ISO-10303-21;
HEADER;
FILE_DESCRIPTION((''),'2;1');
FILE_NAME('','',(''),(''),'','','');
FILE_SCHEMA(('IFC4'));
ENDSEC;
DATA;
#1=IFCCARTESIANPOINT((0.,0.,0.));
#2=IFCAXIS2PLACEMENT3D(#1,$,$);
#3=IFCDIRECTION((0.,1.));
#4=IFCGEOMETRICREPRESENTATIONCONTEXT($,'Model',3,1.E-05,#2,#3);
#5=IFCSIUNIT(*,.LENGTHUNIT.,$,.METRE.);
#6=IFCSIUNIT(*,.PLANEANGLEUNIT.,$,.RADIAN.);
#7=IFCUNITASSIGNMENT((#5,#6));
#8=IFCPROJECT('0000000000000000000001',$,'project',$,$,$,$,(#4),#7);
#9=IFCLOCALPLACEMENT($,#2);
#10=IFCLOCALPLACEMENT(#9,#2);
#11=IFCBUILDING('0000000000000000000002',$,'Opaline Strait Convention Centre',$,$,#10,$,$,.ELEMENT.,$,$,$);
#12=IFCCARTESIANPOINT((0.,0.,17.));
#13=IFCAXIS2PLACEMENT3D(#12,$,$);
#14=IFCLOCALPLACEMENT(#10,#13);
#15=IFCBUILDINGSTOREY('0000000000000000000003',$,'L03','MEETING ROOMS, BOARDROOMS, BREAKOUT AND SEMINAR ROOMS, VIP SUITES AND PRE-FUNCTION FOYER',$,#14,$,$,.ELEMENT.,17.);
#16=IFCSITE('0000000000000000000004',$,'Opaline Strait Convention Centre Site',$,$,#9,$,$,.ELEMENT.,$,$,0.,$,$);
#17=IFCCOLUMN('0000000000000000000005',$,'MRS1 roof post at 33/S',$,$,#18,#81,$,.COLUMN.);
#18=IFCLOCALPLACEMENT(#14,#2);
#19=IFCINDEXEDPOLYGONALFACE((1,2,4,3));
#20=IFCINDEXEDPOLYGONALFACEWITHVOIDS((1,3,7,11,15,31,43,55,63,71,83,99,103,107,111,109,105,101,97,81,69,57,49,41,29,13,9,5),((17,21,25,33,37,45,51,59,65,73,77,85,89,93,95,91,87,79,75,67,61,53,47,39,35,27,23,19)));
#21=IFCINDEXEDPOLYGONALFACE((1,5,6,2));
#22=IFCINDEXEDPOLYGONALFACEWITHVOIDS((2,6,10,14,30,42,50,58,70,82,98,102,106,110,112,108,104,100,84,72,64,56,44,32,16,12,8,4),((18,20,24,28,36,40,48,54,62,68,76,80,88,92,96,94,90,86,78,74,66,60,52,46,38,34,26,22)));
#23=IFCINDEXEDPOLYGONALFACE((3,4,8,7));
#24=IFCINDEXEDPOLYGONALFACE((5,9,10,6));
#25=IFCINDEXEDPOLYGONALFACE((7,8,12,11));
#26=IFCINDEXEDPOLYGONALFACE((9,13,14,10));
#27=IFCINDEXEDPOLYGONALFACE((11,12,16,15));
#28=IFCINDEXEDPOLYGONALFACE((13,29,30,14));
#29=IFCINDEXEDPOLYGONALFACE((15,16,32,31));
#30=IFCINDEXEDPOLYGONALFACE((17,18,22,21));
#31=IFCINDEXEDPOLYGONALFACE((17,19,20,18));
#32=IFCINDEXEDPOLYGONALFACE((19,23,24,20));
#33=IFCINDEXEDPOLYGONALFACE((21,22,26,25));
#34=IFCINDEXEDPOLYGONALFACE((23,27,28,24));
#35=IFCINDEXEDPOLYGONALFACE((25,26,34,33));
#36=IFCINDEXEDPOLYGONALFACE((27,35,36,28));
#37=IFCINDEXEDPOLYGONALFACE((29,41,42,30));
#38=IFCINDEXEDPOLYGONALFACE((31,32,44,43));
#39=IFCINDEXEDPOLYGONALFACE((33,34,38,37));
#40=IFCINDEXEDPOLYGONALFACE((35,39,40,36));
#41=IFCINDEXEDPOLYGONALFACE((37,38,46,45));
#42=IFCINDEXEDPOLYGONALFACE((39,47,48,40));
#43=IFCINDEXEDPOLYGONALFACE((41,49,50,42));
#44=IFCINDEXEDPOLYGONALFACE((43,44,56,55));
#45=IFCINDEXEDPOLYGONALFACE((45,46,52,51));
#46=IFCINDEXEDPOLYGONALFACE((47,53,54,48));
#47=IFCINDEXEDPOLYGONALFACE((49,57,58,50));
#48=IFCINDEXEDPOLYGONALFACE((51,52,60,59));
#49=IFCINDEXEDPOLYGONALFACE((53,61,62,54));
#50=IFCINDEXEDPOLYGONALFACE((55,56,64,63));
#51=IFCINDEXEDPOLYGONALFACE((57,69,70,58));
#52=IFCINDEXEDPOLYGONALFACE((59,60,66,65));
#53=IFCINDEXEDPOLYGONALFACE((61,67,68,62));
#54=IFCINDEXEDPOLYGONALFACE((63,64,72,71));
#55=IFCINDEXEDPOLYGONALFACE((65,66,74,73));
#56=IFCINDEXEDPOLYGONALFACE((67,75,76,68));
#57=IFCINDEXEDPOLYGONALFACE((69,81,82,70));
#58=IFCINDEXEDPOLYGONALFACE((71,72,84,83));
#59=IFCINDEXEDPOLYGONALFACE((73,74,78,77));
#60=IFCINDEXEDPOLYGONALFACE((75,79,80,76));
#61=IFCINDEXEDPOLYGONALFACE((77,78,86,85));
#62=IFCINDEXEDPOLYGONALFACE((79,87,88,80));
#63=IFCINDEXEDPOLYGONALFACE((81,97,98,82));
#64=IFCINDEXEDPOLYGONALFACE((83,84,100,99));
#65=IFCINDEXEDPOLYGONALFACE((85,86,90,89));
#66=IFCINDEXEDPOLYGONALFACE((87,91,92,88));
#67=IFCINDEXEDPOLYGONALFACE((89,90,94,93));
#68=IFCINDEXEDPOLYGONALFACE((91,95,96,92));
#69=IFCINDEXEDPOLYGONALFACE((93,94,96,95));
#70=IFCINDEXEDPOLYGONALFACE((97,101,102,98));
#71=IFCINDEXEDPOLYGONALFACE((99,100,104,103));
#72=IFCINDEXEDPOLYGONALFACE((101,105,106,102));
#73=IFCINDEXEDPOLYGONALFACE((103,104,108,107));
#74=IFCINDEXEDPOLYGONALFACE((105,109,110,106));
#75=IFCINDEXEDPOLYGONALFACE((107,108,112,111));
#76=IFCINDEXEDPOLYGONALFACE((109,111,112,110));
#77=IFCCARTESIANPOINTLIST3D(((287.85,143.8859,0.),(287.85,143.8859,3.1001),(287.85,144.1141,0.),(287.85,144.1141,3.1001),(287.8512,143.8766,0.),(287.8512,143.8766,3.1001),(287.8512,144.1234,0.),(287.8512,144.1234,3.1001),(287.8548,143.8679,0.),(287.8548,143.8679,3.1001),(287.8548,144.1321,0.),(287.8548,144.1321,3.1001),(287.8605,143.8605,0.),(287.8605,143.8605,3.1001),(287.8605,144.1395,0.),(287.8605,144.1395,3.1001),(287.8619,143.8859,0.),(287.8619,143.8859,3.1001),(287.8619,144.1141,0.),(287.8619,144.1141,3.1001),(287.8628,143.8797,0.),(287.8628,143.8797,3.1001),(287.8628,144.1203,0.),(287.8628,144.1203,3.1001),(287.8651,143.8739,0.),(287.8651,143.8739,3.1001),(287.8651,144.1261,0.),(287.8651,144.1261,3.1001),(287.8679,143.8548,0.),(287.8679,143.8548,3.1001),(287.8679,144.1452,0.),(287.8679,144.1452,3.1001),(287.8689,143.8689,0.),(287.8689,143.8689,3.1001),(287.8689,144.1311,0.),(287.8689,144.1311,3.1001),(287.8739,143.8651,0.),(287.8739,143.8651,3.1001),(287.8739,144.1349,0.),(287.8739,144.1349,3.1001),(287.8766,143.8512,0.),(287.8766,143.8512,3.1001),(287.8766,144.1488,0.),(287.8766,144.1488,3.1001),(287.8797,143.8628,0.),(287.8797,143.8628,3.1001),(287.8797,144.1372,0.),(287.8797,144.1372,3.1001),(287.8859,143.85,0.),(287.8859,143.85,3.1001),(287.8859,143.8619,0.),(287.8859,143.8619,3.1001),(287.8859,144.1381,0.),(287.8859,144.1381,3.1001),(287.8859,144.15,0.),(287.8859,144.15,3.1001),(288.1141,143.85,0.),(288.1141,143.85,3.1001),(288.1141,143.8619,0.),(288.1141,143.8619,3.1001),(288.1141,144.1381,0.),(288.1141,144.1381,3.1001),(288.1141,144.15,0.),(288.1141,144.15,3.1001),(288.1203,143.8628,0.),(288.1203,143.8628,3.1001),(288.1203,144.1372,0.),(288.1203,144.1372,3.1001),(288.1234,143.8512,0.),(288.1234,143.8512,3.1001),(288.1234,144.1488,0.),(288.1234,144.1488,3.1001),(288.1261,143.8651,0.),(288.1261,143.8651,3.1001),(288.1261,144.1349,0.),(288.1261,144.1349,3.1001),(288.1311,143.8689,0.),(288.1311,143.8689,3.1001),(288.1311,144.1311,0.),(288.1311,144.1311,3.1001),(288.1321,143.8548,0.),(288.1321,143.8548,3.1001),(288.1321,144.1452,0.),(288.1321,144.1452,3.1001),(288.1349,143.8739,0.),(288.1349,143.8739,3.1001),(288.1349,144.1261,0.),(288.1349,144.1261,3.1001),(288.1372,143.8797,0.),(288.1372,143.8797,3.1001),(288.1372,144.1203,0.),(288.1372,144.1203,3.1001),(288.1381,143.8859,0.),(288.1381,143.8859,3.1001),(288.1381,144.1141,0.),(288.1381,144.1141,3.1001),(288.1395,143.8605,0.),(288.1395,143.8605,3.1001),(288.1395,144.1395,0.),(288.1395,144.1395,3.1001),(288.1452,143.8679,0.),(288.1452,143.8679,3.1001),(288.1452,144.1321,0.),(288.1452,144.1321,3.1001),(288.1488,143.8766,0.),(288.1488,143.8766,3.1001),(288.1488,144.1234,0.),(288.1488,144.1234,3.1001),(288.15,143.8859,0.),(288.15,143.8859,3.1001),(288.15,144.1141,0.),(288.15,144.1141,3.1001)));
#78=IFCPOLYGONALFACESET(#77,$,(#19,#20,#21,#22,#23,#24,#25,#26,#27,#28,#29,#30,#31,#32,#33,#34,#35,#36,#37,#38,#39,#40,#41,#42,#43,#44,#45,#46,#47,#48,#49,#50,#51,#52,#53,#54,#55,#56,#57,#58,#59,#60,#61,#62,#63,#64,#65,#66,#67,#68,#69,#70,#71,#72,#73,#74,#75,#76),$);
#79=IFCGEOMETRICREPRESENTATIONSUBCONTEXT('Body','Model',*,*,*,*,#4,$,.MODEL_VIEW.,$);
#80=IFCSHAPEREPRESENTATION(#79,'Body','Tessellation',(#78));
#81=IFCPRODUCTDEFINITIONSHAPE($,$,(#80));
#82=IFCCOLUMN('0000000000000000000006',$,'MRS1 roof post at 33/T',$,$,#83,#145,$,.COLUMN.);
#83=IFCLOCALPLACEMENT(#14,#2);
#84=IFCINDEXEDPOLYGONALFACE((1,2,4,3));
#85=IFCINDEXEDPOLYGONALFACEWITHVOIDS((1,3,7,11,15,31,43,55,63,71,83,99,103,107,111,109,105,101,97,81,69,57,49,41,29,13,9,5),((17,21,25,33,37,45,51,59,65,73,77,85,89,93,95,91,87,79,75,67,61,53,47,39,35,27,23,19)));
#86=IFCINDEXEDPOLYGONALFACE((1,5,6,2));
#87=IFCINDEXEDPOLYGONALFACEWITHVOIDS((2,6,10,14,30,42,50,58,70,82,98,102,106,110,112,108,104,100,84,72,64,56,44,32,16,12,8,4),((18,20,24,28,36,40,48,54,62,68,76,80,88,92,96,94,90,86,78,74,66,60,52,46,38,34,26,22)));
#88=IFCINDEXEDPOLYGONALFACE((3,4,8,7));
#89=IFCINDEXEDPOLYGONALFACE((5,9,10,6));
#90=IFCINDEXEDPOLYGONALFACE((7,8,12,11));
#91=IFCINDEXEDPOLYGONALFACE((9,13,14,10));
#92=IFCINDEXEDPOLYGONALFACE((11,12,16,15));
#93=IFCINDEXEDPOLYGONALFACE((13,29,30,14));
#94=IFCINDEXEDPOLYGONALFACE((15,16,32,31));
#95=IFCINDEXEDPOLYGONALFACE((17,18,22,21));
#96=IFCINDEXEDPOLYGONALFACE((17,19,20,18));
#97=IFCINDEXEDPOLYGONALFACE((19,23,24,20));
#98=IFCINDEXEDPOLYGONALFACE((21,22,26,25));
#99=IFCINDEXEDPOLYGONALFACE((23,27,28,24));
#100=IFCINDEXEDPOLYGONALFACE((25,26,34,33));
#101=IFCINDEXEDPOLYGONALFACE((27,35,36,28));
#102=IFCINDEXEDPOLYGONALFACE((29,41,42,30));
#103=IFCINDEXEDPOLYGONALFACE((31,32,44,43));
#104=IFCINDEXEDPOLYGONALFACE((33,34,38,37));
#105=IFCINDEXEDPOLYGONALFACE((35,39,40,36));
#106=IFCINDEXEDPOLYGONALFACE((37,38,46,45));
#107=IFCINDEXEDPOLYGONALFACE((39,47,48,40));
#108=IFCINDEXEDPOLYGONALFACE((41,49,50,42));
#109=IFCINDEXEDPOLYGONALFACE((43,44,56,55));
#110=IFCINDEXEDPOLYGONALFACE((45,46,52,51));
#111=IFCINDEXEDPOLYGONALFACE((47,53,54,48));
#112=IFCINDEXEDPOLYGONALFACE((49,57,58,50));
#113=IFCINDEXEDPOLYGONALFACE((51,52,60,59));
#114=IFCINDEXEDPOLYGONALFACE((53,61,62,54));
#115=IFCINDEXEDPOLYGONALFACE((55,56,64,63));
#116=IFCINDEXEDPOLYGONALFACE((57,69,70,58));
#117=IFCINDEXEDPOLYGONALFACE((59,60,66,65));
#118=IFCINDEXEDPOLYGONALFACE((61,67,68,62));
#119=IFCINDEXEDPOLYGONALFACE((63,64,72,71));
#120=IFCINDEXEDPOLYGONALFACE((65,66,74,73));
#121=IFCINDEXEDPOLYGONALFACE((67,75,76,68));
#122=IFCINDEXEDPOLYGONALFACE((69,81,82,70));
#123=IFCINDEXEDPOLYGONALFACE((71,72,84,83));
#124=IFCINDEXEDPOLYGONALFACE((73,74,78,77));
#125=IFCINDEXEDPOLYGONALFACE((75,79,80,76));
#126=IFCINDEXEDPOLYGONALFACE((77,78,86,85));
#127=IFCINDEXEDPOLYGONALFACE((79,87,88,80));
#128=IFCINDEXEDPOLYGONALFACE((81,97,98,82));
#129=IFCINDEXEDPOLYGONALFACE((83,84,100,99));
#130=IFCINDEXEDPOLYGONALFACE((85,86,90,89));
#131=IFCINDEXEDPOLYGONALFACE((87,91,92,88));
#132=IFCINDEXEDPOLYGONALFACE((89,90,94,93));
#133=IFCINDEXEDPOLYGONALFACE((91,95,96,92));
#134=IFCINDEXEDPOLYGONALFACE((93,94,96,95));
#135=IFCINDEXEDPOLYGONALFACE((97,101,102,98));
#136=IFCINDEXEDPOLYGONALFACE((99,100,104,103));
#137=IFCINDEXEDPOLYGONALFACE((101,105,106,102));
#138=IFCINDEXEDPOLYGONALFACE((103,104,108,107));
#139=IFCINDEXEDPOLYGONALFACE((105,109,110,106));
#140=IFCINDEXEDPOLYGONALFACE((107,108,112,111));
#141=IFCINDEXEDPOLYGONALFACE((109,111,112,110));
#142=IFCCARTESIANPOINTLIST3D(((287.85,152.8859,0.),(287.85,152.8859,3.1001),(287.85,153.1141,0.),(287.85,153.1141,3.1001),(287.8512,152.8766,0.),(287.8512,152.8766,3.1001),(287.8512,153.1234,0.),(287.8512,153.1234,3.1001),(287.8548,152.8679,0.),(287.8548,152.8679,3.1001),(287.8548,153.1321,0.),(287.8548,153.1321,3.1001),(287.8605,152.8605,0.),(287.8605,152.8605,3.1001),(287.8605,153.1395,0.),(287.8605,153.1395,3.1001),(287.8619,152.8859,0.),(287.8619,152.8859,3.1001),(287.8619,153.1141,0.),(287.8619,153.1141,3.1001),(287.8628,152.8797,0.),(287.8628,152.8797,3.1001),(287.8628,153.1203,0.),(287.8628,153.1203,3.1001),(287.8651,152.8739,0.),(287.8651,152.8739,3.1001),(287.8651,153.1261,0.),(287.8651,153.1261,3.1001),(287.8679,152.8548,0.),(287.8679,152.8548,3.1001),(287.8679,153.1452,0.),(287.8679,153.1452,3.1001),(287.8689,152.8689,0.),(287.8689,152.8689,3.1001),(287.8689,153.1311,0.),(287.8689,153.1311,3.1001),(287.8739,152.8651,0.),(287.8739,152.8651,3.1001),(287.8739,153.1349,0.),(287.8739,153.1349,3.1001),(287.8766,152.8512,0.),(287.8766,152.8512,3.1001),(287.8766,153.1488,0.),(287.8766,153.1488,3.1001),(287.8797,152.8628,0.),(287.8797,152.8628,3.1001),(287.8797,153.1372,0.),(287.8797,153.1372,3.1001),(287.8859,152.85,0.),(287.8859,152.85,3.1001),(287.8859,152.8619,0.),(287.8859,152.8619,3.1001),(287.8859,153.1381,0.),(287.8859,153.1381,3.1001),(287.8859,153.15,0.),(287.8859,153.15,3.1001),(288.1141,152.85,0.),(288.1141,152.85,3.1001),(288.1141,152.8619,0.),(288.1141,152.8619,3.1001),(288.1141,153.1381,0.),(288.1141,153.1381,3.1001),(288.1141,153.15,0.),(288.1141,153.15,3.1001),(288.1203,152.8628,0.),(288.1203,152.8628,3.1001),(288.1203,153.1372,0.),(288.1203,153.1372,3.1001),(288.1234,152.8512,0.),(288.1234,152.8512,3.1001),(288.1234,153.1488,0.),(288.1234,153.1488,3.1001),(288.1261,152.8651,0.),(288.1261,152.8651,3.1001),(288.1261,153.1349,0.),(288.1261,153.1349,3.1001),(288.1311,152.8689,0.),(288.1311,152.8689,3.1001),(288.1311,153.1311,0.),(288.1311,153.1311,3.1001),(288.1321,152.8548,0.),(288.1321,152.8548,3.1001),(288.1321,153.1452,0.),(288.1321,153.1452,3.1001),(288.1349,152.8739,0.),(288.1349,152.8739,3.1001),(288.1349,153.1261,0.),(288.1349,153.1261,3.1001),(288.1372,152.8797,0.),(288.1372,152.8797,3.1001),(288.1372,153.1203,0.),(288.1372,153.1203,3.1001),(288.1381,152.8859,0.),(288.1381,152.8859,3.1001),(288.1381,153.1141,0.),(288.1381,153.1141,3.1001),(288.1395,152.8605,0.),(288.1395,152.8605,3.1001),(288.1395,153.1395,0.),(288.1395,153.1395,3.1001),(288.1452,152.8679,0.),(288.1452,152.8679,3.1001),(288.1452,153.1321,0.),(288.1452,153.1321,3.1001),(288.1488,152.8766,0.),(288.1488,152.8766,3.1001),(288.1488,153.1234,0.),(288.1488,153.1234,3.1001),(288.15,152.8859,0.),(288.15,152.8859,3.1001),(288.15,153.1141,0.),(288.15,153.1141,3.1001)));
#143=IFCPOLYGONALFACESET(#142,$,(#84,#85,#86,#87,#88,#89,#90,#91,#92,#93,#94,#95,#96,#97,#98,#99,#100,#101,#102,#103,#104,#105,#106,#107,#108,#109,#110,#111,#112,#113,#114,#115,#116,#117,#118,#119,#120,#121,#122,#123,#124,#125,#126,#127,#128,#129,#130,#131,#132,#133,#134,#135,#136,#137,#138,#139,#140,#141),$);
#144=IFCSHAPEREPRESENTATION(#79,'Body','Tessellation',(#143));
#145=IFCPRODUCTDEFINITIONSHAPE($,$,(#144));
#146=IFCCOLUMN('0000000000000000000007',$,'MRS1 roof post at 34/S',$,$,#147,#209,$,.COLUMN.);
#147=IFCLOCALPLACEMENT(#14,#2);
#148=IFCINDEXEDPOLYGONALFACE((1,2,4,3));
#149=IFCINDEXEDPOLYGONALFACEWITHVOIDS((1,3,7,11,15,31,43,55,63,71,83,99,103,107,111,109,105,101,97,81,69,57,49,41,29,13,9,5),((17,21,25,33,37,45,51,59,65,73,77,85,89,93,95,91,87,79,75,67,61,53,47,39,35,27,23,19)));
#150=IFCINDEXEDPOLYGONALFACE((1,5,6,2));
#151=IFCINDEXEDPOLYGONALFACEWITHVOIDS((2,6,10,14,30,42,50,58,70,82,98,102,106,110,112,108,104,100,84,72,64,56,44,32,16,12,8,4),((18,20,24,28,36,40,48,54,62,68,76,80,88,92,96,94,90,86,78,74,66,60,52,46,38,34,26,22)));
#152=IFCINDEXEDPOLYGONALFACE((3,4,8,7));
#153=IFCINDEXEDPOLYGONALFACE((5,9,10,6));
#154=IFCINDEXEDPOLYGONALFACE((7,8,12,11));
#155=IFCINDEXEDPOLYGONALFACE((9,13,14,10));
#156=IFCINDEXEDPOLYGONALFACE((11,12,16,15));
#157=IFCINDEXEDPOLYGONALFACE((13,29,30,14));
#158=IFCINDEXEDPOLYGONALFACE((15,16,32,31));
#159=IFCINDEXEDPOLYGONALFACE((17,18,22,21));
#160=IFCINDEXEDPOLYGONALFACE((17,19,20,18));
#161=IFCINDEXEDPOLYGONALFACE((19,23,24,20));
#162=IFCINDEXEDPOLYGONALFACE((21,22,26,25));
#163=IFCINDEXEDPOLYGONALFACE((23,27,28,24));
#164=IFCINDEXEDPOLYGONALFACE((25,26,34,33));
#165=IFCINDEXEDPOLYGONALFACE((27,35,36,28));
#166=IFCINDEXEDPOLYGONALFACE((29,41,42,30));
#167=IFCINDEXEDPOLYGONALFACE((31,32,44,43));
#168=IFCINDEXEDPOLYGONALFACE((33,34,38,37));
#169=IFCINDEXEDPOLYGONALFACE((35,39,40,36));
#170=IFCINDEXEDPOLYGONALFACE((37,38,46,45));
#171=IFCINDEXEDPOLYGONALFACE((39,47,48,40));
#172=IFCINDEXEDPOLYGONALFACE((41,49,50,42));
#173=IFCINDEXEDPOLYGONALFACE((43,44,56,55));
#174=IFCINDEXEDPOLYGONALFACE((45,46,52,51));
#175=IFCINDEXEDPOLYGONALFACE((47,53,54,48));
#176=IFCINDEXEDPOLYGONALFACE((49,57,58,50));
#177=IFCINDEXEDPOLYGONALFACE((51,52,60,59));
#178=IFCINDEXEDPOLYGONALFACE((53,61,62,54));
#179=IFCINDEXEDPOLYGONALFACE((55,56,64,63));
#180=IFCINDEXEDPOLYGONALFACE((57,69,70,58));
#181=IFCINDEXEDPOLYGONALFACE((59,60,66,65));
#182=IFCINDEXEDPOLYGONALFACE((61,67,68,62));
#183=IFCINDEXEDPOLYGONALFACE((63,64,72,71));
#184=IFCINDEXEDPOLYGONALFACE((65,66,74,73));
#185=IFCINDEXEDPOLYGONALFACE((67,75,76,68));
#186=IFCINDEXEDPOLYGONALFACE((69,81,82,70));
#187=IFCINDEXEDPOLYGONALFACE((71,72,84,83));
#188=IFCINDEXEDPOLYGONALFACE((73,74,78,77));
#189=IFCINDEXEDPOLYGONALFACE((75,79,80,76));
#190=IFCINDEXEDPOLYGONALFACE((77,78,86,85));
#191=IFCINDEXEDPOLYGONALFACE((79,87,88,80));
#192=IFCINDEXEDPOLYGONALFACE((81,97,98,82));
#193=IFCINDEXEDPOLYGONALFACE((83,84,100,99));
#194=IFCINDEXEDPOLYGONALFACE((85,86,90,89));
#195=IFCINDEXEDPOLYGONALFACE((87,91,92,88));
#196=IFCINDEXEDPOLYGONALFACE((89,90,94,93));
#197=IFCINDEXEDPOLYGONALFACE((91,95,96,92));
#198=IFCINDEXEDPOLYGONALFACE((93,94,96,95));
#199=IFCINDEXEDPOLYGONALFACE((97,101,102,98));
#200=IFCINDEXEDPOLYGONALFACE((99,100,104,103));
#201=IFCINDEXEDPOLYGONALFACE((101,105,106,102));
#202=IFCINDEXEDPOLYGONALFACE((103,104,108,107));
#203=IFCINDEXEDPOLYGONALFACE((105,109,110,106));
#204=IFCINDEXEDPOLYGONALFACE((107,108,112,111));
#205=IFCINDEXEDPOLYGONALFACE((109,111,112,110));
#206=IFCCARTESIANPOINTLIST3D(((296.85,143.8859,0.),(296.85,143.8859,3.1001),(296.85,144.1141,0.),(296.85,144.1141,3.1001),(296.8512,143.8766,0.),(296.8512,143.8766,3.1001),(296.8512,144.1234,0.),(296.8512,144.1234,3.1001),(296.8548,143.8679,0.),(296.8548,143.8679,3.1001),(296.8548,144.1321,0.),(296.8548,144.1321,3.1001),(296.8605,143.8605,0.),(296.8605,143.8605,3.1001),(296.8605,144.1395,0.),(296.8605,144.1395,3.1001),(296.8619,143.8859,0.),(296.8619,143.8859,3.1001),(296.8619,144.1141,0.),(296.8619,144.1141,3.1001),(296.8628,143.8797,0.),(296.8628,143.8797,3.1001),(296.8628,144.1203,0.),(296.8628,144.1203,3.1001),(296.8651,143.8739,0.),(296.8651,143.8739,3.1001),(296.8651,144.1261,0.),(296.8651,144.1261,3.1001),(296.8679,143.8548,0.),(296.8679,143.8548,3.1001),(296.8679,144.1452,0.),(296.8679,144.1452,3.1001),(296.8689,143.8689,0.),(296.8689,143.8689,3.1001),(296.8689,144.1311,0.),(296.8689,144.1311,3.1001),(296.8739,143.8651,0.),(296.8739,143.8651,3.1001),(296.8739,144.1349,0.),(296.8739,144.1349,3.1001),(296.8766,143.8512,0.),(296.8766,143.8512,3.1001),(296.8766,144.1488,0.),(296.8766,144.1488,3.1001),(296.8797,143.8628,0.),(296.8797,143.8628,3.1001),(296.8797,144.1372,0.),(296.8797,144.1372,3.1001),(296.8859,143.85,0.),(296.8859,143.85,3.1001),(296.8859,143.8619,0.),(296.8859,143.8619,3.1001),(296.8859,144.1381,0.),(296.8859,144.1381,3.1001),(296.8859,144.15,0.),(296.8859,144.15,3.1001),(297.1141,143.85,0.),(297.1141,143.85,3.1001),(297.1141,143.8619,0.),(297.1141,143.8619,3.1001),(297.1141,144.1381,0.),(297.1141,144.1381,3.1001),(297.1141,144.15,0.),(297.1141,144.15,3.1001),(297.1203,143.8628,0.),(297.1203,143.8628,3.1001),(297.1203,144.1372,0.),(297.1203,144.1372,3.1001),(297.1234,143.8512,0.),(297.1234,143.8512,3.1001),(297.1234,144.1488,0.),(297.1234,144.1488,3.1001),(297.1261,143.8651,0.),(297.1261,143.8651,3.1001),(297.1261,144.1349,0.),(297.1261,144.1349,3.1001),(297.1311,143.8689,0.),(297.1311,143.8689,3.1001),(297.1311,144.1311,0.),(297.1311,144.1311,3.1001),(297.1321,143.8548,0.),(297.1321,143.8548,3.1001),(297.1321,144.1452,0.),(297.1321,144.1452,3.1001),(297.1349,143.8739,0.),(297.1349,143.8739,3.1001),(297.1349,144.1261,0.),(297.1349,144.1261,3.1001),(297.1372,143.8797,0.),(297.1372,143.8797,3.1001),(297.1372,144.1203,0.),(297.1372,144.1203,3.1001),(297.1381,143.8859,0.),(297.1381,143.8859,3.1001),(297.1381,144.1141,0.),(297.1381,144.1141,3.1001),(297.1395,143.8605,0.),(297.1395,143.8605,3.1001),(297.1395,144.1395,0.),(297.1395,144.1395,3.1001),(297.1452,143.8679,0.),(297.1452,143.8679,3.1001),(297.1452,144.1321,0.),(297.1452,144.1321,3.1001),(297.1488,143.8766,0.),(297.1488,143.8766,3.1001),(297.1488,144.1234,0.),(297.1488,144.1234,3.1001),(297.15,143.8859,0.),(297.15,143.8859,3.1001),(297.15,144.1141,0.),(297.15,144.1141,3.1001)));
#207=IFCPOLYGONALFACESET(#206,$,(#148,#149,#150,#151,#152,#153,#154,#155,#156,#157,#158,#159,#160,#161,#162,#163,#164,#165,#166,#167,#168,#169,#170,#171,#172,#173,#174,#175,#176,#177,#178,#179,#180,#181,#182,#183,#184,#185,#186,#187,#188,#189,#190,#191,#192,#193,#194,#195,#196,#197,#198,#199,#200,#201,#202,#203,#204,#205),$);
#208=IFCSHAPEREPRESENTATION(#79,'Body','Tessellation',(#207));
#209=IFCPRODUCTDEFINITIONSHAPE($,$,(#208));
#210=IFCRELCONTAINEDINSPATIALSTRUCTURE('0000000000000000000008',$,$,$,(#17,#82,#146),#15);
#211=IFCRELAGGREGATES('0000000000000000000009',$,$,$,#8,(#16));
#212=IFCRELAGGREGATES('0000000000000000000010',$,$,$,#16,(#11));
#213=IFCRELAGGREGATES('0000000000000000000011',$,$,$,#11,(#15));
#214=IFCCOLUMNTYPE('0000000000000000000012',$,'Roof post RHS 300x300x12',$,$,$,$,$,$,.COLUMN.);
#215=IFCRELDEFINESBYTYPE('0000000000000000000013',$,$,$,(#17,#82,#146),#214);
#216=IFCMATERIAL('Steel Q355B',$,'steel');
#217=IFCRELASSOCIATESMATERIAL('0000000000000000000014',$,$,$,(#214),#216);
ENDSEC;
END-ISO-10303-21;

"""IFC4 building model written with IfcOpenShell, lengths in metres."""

from ifc_helpers import new_model, si_unit, direction, frame, origin, origin_2d, place, context, subcontext, project, spatial, hollow_rectangle, extrude, material, material_profile, profile_set, type_object, element, save


model = new_model("IFC4")

# Units and contexts
model_context = context("Model", 3, precision=1e-05, world=origin(), true_north=direction((0.0, 1.0)))
body_context = subcontext(model_context, "Body", "Model", "MODEL_VIEW")
ifc_project = project(units=[si_unit("LENGTHUNIT", "METRE"), si_unit("PLANEANGLEUNIT", "RADIAN")], contexts=[model_context])

# Site, building, storey
site_placement = place(None, origin())
site = spatial("IfcSite", under=ifc_project, at=site_placement, Name="Opaline Strait Convention Centre Site", CompositionType="ELEMENT", RefElevation=0.0)
building_placement = place(site_placement, origin())
building = spatial("IfcBuilding", under=site, at=building_placement, Name="Opaline Strait Convention Centre", CompositionType="ELEMENT")
storey_placement = place(building_placement, frame((0.0, 0.0, 17.0)))
storey = spatial("IfcBuildingStorey", under=building, at=storey_placement, Name="L03", Description="MEETING ROOMS, BOARDROOMS, BREAKOUT AND SEMINAR ROOMS, VIP SUITES AND PRE-FUNCTION FOYER", CompositionType="ELEMENT", Elevation=17.0)

# Columns
ifc_material_1 = material(Name="Steel Q355B", Category="steel")
ifc_material_profile_1 = material_profile(ifc_material_1, hollow_rectangle(XDim=0.3, YDim=0.3, WallThickness=0.012, InnerFilletRadius=0.0239, OuterFilletRadius=0.0359, at=origin_2d()), Name="RHS 300x300x12")
ifc_profile_set_1 = profile_set([ifc_material_profile_1], Name="Steel Q355B")
column_type = type_object("IfcColumnType", Name="Roof post RHS 300x300x12", PredefinedType="COLUMN", material=ifc_profile_set_1)
for number, where, z_axis, x_axis, name in (
    (1, (288.0, 144.0, 0.0), (0.0, 0.0, 1.0), (1.0, 0.0, 0.0), "MRS1 roof post at 33/S"),
    (2, (288.0, 153.0, 0.0), (0.0, 0.0, 1.0), (1.0, 0.0, 0.0), "MRS1 roof post at 33/T"),
    (3, (297.0, 144.0, 0.0), (0.0, 0.0, 1.0), (1.0, 0.0, 0.0), "MRS1 roof post at 34/S"),
):
    element("IfcColumn", number, at=place(storey_placement, frame(where, z_axis=z_axis, x_axis=x_axis)), inside=storey, type_object=column_type, Name=name, PredefinedType="COLUMN", context=body_context, shape_type="SweptSolid", body=[
        extrude(hollow_rectangle(XDim=0.3, YDim=0.3, WallThickness=0.012, InnerFilletRadius=0.0239, OuterFilletRadius=0.0359, at=origin_2d()), origin(), (0.0, 0.0, 1.0), 3.1001),
    ])

save(model, "model.ifc")
